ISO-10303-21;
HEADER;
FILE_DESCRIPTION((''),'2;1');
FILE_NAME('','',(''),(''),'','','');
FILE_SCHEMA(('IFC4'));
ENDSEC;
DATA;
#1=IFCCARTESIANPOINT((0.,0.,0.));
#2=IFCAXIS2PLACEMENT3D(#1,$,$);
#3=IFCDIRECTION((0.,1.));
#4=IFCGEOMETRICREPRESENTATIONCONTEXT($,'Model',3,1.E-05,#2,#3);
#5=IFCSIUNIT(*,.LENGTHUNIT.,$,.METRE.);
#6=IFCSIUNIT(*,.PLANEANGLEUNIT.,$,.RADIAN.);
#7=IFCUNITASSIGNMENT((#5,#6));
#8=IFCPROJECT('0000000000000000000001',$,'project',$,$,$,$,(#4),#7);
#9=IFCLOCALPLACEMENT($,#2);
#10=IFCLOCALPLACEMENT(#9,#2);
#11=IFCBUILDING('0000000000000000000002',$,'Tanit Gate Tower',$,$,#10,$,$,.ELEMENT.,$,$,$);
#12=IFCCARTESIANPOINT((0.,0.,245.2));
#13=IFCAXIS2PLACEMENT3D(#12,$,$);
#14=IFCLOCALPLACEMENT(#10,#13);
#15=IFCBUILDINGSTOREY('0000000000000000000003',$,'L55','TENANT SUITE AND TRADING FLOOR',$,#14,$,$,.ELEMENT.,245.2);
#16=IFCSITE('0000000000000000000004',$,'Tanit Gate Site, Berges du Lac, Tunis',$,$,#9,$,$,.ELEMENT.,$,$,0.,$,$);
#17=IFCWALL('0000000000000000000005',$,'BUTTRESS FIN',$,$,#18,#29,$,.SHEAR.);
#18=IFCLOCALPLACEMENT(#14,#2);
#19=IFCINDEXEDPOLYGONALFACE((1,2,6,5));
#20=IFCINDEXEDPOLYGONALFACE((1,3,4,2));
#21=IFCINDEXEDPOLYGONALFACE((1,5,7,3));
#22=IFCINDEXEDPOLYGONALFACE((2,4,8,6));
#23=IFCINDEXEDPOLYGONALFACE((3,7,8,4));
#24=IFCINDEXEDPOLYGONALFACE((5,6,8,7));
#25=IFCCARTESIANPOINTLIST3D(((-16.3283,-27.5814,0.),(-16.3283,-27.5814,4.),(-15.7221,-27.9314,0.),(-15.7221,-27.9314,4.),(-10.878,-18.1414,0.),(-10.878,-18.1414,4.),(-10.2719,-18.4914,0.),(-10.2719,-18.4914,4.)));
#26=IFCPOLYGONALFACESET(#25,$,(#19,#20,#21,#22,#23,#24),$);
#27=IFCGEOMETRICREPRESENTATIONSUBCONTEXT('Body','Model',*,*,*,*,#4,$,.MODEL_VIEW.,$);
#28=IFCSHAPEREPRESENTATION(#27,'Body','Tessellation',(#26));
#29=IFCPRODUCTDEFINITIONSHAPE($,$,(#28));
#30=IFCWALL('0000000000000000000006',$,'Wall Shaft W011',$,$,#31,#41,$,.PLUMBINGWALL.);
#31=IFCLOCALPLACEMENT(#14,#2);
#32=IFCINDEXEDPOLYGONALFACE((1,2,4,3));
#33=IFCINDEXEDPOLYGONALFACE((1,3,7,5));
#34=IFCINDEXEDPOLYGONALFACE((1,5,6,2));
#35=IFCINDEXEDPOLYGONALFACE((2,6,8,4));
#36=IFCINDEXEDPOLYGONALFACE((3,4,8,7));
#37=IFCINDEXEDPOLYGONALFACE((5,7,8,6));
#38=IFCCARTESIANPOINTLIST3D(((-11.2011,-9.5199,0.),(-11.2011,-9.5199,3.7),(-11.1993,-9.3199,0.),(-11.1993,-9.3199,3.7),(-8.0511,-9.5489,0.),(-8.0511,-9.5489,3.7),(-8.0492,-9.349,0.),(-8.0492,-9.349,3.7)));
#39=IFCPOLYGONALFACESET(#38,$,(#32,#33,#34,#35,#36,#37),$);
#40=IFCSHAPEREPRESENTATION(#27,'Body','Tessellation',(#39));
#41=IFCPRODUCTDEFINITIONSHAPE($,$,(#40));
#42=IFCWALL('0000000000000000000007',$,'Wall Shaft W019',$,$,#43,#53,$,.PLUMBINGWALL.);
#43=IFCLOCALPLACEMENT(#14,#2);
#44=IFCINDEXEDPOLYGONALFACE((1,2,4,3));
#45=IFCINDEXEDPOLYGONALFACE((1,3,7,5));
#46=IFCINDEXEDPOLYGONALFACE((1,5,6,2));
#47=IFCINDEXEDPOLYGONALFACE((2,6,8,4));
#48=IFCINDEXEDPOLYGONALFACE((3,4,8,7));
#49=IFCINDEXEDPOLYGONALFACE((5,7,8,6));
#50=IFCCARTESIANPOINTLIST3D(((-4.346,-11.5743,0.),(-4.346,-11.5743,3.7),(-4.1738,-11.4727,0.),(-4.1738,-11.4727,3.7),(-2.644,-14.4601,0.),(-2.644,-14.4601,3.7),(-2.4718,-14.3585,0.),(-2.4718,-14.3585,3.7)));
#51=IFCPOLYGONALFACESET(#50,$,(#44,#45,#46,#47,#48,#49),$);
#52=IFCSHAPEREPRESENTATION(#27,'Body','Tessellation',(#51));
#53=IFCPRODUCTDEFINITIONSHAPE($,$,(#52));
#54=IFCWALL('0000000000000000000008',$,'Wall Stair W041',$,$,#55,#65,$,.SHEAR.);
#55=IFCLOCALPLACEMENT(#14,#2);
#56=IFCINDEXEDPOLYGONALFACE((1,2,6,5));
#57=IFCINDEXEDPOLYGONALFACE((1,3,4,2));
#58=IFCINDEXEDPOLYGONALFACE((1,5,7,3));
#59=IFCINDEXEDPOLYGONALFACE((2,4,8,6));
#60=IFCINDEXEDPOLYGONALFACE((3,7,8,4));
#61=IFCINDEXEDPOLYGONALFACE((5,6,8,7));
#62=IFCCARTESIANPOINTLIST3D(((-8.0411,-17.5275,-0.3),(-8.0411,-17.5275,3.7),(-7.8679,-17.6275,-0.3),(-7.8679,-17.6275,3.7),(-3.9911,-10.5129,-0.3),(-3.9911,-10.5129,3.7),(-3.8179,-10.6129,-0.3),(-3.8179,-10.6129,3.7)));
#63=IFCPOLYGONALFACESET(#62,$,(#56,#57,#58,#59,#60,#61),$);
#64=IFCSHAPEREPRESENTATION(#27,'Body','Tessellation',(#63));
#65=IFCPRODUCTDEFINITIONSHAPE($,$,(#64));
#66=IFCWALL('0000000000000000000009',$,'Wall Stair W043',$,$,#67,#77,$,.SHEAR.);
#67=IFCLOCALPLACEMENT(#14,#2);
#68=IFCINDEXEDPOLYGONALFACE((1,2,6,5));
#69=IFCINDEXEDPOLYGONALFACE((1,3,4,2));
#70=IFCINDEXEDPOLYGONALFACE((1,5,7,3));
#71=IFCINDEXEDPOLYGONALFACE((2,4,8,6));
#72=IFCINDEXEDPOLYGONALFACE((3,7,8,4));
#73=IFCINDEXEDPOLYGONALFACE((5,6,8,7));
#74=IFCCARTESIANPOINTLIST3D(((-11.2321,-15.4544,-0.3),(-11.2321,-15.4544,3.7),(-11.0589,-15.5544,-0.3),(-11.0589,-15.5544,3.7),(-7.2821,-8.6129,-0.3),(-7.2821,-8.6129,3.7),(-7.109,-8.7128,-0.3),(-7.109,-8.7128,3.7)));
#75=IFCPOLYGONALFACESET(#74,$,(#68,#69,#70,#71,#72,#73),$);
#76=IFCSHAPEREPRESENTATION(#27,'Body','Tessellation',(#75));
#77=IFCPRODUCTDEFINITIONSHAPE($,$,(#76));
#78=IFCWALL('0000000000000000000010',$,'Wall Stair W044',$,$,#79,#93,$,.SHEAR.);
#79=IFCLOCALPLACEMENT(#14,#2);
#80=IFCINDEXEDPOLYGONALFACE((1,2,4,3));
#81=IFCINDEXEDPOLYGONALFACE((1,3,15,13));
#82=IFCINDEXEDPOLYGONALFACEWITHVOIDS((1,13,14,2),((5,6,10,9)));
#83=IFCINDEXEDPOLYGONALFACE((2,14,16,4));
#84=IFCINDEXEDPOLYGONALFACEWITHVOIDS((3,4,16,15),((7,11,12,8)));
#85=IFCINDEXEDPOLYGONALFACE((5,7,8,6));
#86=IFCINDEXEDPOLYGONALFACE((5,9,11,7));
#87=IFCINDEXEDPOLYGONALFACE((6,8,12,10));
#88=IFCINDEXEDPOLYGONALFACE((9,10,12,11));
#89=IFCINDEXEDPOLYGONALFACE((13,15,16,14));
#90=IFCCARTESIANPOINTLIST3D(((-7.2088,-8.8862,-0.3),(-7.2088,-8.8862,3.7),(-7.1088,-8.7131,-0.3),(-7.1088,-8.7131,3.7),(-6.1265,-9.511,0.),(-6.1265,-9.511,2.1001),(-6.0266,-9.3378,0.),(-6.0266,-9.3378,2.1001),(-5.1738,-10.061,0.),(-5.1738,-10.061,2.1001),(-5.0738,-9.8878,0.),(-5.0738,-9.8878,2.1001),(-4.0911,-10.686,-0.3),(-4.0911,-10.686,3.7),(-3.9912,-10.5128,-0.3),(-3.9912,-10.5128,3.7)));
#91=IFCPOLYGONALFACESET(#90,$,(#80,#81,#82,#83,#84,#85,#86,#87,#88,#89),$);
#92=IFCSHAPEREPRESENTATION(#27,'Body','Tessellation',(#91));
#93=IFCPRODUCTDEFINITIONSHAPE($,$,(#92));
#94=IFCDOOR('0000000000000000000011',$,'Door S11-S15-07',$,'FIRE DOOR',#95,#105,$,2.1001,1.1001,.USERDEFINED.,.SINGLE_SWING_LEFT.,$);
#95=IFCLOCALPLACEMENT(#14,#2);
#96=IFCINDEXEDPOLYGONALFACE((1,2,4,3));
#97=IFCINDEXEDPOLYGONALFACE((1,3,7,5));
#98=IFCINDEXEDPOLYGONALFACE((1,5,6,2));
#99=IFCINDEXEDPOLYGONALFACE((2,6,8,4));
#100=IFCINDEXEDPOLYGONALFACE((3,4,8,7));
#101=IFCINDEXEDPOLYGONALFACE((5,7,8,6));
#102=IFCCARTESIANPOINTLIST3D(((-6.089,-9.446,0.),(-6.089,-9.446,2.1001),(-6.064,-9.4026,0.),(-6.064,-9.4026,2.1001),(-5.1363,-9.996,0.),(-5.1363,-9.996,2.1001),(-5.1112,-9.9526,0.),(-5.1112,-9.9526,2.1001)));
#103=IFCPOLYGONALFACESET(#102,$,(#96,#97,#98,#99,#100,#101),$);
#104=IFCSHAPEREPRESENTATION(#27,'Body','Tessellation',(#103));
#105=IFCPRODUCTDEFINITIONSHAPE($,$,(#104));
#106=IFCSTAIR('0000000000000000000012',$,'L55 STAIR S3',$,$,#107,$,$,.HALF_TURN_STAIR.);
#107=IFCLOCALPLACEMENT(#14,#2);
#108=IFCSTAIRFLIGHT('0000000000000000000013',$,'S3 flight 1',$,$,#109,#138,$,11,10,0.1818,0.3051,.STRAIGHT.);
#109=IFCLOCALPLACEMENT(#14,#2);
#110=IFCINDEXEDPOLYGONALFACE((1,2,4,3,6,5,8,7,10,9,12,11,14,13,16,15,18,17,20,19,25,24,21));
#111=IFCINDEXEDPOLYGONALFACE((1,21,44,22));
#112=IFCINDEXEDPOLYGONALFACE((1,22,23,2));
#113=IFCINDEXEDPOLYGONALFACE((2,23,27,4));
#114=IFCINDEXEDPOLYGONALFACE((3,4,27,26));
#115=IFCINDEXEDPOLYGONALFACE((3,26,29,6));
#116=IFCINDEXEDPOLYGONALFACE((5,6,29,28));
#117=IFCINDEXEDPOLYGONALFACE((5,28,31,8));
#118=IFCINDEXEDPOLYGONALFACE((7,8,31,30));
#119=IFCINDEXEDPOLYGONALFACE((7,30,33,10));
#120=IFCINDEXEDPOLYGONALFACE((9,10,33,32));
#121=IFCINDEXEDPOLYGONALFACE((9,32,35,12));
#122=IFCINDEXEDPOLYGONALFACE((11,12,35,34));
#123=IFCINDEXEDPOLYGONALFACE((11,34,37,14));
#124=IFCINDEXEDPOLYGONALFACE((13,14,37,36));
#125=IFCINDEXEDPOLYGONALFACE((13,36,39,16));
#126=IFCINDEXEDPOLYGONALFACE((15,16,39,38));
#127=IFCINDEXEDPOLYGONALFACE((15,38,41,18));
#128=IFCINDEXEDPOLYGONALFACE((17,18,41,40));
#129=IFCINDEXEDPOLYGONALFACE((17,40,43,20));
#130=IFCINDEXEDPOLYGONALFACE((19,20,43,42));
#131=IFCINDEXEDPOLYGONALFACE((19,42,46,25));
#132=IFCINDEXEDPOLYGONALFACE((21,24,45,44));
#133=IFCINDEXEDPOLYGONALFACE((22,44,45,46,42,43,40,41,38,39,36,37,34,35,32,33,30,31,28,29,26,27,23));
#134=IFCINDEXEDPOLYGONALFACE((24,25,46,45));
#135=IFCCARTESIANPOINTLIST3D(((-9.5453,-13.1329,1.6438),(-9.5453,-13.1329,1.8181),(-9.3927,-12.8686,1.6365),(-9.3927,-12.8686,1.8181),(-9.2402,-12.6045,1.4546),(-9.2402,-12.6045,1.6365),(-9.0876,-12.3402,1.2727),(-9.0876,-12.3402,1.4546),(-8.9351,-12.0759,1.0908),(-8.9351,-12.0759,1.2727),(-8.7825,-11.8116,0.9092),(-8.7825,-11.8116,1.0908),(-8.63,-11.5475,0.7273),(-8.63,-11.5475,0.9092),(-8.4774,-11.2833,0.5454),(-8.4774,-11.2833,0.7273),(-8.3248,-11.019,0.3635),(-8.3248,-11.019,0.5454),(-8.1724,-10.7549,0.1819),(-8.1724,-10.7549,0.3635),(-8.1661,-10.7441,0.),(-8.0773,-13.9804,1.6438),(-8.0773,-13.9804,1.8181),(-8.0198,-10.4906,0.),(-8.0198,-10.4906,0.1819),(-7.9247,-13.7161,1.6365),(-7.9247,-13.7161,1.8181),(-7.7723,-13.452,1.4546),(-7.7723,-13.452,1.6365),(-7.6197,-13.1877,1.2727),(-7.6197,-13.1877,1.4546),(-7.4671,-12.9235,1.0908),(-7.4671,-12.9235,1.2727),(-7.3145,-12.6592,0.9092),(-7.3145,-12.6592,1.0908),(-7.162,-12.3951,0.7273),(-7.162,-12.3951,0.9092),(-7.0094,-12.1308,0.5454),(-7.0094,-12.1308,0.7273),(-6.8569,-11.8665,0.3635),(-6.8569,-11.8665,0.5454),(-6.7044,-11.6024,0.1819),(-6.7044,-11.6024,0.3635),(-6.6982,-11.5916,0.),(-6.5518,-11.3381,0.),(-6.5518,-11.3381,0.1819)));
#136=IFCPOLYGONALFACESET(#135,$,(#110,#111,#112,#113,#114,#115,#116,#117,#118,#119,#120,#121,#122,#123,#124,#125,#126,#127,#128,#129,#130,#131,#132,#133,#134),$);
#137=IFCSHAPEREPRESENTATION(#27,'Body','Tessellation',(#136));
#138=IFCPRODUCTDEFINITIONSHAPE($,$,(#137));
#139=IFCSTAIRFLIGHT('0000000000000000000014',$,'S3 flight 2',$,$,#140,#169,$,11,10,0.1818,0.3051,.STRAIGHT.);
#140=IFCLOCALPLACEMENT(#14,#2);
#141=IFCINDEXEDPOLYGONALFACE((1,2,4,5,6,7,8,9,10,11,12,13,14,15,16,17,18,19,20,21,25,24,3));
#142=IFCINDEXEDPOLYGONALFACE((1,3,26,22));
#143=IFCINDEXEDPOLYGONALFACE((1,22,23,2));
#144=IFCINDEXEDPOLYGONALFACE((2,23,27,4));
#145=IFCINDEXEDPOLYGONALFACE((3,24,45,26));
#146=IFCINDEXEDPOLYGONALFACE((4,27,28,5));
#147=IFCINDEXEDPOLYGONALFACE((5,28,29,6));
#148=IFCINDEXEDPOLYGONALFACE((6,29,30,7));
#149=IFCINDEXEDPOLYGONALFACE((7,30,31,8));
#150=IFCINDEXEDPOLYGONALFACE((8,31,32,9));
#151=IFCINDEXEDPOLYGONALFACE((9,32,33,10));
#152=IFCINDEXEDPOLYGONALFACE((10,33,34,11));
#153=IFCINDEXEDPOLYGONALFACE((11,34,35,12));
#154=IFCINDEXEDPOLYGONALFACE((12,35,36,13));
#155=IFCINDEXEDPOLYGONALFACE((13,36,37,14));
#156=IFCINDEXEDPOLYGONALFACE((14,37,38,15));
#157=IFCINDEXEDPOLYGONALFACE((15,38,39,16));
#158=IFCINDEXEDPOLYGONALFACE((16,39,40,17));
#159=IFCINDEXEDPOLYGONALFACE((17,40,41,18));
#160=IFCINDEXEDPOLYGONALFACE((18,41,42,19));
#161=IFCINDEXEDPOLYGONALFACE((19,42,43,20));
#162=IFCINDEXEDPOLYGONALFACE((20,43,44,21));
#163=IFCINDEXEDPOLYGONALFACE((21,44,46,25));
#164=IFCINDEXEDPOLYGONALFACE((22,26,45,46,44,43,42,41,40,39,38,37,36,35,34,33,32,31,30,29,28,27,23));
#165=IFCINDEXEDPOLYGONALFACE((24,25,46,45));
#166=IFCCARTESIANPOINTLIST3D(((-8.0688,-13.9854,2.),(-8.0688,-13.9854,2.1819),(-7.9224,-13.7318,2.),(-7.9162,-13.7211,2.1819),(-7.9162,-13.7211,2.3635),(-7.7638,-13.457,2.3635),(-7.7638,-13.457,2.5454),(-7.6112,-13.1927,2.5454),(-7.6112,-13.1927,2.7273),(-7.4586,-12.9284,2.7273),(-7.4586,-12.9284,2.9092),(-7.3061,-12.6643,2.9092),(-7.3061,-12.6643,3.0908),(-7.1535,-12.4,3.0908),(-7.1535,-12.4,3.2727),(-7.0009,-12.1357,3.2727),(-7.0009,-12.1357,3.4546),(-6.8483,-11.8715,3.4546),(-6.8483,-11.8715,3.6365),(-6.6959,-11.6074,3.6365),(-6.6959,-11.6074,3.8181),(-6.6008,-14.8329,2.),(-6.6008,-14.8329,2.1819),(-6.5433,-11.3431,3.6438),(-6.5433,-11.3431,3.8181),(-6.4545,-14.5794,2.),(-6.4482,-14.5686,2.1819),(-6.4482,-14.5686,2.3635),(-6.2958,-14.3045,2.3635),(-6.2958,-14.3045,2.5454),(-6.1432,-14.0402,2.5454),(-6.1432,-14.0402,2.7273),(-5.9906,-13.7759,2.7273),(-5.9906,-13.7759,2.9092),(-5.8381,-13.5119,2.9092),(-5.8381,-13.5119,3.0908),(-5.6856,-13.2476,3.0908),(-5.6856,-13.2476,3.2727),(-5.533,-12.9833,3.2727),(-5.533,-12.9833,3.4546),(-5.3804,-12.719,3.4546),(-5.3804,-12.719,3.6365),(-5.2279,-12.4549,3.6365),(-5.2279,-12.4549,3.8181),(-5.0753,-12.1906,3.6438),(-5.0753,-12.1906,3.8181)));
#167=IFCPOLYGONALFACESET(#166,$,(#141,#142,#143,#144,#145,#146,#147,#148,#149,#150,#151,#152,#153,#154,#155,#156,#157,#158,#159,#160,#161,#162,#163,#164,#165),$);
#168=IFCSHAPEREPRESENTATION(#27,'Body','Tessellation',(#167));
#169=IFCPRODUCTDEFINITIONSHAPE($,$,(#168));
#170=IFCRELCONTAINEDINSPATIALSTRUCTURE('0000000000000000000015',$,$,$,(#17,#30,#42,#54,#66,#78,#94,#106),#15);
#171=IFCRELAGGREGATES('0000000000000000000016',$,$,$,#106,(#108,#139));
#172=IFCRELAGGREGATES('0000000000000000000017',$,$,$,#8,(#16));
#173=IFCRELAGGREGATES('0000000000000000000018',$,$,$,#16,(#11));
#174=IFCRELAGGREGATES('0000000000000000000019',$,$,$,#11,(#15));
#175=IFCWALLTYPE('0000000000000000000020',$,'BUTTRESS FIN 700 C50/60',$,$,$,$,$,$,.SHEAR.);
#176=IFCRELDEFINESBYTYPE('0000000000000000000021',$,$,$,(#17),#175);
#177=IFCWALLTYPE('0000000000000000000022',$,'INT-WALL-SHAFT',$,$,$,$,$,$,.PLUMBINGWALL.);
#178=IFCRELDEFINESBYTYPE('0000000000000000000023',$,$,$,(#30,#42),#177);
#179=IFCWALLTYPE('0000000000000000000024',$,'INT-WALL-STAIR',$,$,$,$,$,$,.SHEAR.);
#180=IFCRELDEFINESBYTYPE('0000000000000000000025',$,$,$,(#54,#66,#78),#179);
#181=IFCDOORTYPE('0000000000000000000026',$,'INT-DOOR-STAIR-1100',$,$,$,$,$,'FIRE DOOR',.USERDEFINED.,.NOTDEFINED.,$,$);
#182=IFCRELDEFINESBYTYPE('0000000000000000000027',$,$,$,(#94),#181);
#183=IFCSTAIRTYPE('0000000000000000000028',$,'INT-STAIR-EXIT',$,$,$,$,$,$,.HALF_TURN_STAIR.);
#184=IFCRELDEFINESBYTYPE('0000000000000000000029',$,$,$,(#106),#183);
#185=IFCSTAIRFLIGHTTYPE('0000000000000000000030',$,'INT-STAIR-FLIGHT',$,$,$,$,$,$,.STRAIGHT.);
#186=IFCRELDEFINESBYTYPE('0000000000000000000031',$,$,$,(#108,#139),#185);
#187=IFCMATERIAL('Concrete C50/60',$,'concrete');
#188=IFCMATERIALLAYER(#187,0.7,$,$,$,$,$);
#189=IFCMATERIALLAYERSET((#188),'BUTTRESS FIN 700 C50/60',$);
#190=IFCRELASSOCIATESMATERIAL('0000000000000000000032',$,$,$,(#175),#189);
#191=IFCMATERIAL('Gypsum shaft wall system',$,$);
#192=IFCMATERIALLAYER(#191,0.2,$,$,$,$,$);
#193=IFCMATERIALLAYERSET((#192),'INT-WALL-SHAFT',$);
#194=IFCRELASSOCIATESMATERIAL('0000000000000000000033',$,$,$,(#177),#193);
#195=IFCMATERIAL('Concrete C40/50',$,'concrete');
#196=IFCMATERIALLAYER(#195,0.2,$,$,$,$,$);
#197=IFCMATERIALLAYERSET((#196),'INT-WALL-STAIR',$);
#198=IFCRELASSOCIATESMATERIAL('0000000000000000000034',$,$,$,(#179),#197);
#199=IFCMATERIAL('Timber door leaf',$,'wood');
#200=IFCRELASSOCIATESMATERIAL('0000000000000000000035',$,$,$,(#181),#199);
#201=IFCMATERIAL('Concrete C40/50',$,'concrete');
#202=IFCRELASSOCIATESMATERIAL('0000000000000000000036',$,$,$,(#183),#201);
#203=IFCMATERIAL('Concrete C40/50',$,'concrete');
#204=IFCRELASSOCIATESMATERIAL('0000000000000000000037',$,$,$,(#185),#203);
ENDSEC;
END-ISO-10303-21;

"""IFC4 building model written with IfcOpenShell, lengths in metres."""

from ifc_helpers import new_model, si_unit, direction, frame, frame_2d, origin, place, context, subcontext, project, spatial, polyline, rectangle, outline, extrude, material, layer, layer_set, type_object, element, fill, aggregate, save


model = new_model("IFC4")

# Units and contexts
model_context = context("Model", 3, precision=1e-05, world=origin(), true_north=direction((0.0, 1.0)))
body_context = subcontext(model_context, "Body", "Model", "MODEL_VIEW")
ifc_project = project(units=[si_unit("LENGTHUNIT", "METRE"), si_unit("PLANEANGLEUNIT", "RADIAN")], contexts=[model_context])

# Site, building, storey
site_placement = place(None, origin())
site = spatial("IfcSite", under=ifc_project, at=site_placement, Name="Tanit Gate Site, Berges du Lac, Tunis", CompositionType="ELEMENT", RefElevation=0.0)
building_placement = place(site_placement, origin())
building = spatial("IfcBuilding", under=site, at=building_placement, Name="Tanit Gate Tower", CompositionType="ELEMENT")
storey_placement = place(building_placement, frame((0.0, 0.0, 245.2)))
storey = spatial("IfcBuildingStorey", under=building, at=storey_placement, Name="L55", Description="TENANT SUITE AND TRADING FLOOR", CompositionType="ELEMENT", Elevation=245.2)

# Wall
ifc_material_1 = material(Name="Concrete C50/60", Category="concrete")
ifc_layer_1 = layer(ifc_material_1, 0.7)
ifc_layer_set_1 = layer_set([ifc_layer_1], Name="BUTTRESS FIN 700 C50/60")
wall_type_1 = type_object("IfcWallType", Name="BUTTRESS FIN 700 C50/60", PredefinedType="SHEAR", material=ifc_layer_set_1)
wall_1_placement = place(storey_placement, frame((-10.575, -18.3164, 0.0), z_axis=(0.0, 0.0, 1.0), x_axis=(-0.500003, -0.866024, 0.0)))
element("IfcWall", 1, at=wall_1_placement, inside=storey, type_object=wall_type_1, Name="BUTTRESS FIN", PredefinedType="SHEAR", context=body_context, shape_type="SweptSolid", body=[
    extrude(rectangle(XDim=10.9004, YDim=0.7, at=frame_2d((5.4502, 0.0))), origin(), (0.0, 0.0, 1.0), 4.0),
])

# Walls
ifc_material_2 = material(Name="Gypsum shaft wall system")
ifc_layer_2 = layer(ifc_material_2, 0.2)
ifc_layer_set_2 = layer_set([ifc_layer_2], Name="INT-WALL-SHAFT")
wall_type_2 = type_object("IfcWallType", Name="INT-WALL-SHAFT", PredefinedType="PLUMBINGWALL", material=ifc_layer_set_2)
wall_2_placement = place(storey_placement, frame((-8.05, -9.449, 0.0), z_axis=(0.0, 0.0, 1.0), x_axis=(-0.999957, 0.009223, 0.0)))
element("IfcWall", 2, at=wall_2_placement, inside=storey, type_object=wall_type_2, Name="Wall Shaft W011", PredefinedType="PLUMBINGWALL", context=body_context, shape_type="SweptSolid", body=[
    extrude(rectangle(XDim=3.1501, YDim=0.2, at=frame_2d((1.5752, 0.0))), origin(), (0.0, 0.0, 1.0), 3.7),
])
wall_3_placement = place(storey_placement, frame((-2.5579, -14.4094, 0.0), z_axis=(0.0, 0.0, 1.0), x_axis=(-0.507997, 0.861359, 0.0)))
element("IfcWall", 3, at=wall_3_placement, inside=storey, type_object=wall_type_2, Name="Wall Shaft W019", PredefinedType="PLUMBINGWALL", context=body_context, shape_type="SweptSolid", body=[
    extrude(rectangle(XDim=3.3503, YDim=0.2, at=frame_2d((1.6753, 0.0))), origin(), (0.0, 0.0, 1.0), 3.7),
])
ifc_material_3 = material(Name="Concrete C40/50", Category="concrete")
ifc_layer_3 = layer(ifc_material_3, 0.2)
ifc_layer_set_3 = layer_set([ifc_layer_3], Name="INT-WALL-STAIR")
wall_type_3 = type_object("IfcWallType", Name="INT-WALL-STAIR", PredefinedType="SHEAR", material=ifc_layer_set_3)
wall_4_placement = place(storey_placement, frame((-3.9045, -10.563, -0.3), z_axis=(0.0, 0.0, 1.0), x_axis=(-0.500013, -0.866018, 0.0)))
element("IfcWall", 4, at=wall_4_placement, inside=storey, type_object=wall_type_3, Name="Wall Stair W041", PredefinedType="SHEAR", context=body_context, shape_type="SweptSolid", body=[
    extrude(rectangle(XDim=8.0999, YDim=0.2, at=frame_2d((4.0498, 0.0))), origin(), (0.0, 0.0, 1.0), 4.0),
])
wall_5_placement = place(storey_placement, frame((-7.1956, -8.6628, -0.3), z_axis=(0.0, 0.0, 1.0), x_axis=(-0.499998, -0.866027, 0.0)))
element("IfcWall", 5, at=wall_5_placement, inside=storey, type_object=wall_type_3, Name="Wall Stair W043", PredefinedType="SHEAR", context=body_context, shape_type="SweptSolid", body=[
    extrude(rectangle(XDim=7.8999, YDim=0.2, at=frame_2d((3.95, 0.0))), origin(), (0.0, 0.0, 1.0), 4.0),
])

# Wall, opening, door
wall_6_placement = place(storey_placement, frame((-4.0413, -10.5994, -0.3), z_axis=(0.0, 0.0, 1.0), x_axis=(-0.866048, 0.499961, 0.0)))
wall_6 = element("IfcWall", 6, at=wall_6_placement, inside=storey, type_object=wall_type_3, Name="Wall Stair W044", PredefinedType="SHEAR", context=body_context, shape_type="SweptSolid", body=[
    extrude(rectangle(XDim=3.5999, YDim=0.2, at=frame_2d((1.7998, 0.0))), origin(), (0.0, 0.0, 1.0), 4.0),
])
opening_1_placement = place(wall_6_placement, frame((1.25, 0.0, 0.3)))
opening_1 = element("IfcOpeningElement", 7, at=opening_1_placement, cuts=wall_6, PredefinedType="OPENING", context=body_context, shape_type="SweptSolid", body=[
    extrude(rectangle(XDim=1.1001, YDim=2.1001, at=frame_2d((0.55, 1.05))), frame((0.0, 0.1099, 0.0), z_axis=(0.0, -1.0, 0.0), x_axis=(1.0, 0.0, 0.0)), (0.0, 0.0, 1.0), 0.22),
])
ifc_material_4 = material(Name="Timber door leaf", Category="wood")
door_type_1 = type_object("IfcDoorType", Name="INT-DOOR-STAIR-1100", ElementType="FIRE DOOR", OperationType="NOTDEFINED", PredefinedType="USERDEFINED", material=ifc_material_4)
door_1_placement = place(opening_1_placement, origin())
door_1 = element("IfcDoor", 8, at=door_1_placement, inside=storey, type_object=door_type_1, Name="Door S11-S15-07", ObjectType="FIRE DOOR", OperationType="SINGLE_SWING_LEFT", OverallHeight=2.1001, OverallWidth=1.1001, PredefinedType="USERDEFINED", context=body_context, shape_type="SweptSolid", body=[
    extrude(rectangle(XDim=1.1001, YDim=2.1001, at=frame_2d((0.55, 1.05))), frame((0.0, 0.0249, 0.0), z_axis=(0.0, -1.0, 0.0), x_axis=(1.0, 0.0, 0.0)), (0.0, 0.0, 1.0), 0.05),
])
fill(opening_1, door_1)

# Stair, stair flights
ifc_material_5 = material(Name="Concrete C40/50", Category="concrete")
stair_type = type_object("IfcStairType", Name="INT-STAIR-EXIT", PredefinedType="HALF_TURN_STAIR", material=ifc_material_5)
stair_placement = place(storey_placement, origin())
stair = element("IfcStair", 9, at=stair_placement, inside=storey, type_object=stair_type, Name="L55 STAIR S3", PredefinedType="HALF_TURN_STAIR")
ifc_material_6 = material(Name="Concrete C40/50", Category="concrete")
stair_flight_type = type_object("IfcStairFlightType", Name="INT-STAIR-FLIGHT", PredefinedType="STRAIGHT", material=ifc_material_6)
stair_flight_1_placement = place(storey_placement, frame((-7.2859, -10.9143, 0.0), z_axis=(0.0, 0.0, 1.0), x_axis=(-0.5, -0.866025, 0.0)))
stair_flight_1 = element("IfcStairFlight", 10, at=stair_flight_1_placement, type_object=stair_flight_type, Name="S3 flight 1", NumberOfRisers=11, NumberOfTreads=10, PredefinedType="STRAIGHT", RiserHeight=0.1818, TreadLength=0.3051, context=body_context, shape_type="SweptSolid", body=[
    extrude(outline(polyline([(0.0, 0.0), (0.0, 0.1819), (0.3052, 0.1819), (0.3052, 0.3635), (0.6101, 0.3635), (0.6101, 0.5454), (0.9153, 0.5454), (0.9153, 0.7273), (1.2205, 0.7273), (1.2205, 0.9092), (1.5254, 0.9092), (1.5254, 1.0908), (1.8306, 1.0908), (1.8306, 1.2727), (2.1357, 1.2727), (2.1357, 1.4546), (2.4409, 1.4546), (2.4409, 1.6365), (2.7458, 1.6365), (2.7458, 1.8181), (3.051, 1.8181), (3.051, 2.0), (3.051, 1.6438), (0.2927, 0.0), (0.0, 0.0)])), frame((0.0, 0.8477, 0.0), z_axis=(0.0, -1.0, 0.0), x_axis=(1.0, 0.0, 0.0)), (0.0, 0.0, 1.0), 1.6951),
])
stair_flight_2_placement = place(storey_placement, frame((-7.3347, -14.4092, 2.0), z_axis=(0.0, 0.0, 1.0), x_axis=(0.5, 0.866025, 0.0)))
stair_flight_2 = element("IfcStairFlight", 11, at=stair_flight_2_placement, type_object=stair_flight_type, Name="S3 flight 2", NumberOfRisers=11, NumberOfTreads=10, PredefinedType="STRAIGHT", RiserHeight=0.1818, TreadLength=0.3051, context=body_context, shape_type="SweptSolid", body=[
    extrude(outline(polyline([(0.0, 0.0), (0.0, 0.1819), (0.3052, 0.1819), (0.3052, 0.3635), (0.6101, 0.3635), (0.6101, 0.5454), (0.9153, 0.5454), (0.9153, 0.7273), (1.2205, 0.7273), (1.2205, 0.9092), (1.5254, 0.9092), (1.5254, 1.0908), (1.8306, 1.0908), (1.8306, 1.2727), (2.1357, 1.2727), (2.1357, 1.4546), (2.4409, 1.4546), (2.4409, 1.6365), (2.7458, 1.6365), (2.7458, 1.8181), (3.051, 1.8181), (3.051, 2.0), (3.051, 1.6438), (0.2927, 0.0), (0.0, 0.0)])), frame((0.0, 0.8477, 0.0), z_axis=(0.0, -1.0, 0.0), x_axis=(1.0, 0.0, 0.0)), (0.0, 0.0, 1.0), 1.6951),
])
aggregate(stair, [stair_flight_1, stair_flight_2])

save(model, "model.ifc")
